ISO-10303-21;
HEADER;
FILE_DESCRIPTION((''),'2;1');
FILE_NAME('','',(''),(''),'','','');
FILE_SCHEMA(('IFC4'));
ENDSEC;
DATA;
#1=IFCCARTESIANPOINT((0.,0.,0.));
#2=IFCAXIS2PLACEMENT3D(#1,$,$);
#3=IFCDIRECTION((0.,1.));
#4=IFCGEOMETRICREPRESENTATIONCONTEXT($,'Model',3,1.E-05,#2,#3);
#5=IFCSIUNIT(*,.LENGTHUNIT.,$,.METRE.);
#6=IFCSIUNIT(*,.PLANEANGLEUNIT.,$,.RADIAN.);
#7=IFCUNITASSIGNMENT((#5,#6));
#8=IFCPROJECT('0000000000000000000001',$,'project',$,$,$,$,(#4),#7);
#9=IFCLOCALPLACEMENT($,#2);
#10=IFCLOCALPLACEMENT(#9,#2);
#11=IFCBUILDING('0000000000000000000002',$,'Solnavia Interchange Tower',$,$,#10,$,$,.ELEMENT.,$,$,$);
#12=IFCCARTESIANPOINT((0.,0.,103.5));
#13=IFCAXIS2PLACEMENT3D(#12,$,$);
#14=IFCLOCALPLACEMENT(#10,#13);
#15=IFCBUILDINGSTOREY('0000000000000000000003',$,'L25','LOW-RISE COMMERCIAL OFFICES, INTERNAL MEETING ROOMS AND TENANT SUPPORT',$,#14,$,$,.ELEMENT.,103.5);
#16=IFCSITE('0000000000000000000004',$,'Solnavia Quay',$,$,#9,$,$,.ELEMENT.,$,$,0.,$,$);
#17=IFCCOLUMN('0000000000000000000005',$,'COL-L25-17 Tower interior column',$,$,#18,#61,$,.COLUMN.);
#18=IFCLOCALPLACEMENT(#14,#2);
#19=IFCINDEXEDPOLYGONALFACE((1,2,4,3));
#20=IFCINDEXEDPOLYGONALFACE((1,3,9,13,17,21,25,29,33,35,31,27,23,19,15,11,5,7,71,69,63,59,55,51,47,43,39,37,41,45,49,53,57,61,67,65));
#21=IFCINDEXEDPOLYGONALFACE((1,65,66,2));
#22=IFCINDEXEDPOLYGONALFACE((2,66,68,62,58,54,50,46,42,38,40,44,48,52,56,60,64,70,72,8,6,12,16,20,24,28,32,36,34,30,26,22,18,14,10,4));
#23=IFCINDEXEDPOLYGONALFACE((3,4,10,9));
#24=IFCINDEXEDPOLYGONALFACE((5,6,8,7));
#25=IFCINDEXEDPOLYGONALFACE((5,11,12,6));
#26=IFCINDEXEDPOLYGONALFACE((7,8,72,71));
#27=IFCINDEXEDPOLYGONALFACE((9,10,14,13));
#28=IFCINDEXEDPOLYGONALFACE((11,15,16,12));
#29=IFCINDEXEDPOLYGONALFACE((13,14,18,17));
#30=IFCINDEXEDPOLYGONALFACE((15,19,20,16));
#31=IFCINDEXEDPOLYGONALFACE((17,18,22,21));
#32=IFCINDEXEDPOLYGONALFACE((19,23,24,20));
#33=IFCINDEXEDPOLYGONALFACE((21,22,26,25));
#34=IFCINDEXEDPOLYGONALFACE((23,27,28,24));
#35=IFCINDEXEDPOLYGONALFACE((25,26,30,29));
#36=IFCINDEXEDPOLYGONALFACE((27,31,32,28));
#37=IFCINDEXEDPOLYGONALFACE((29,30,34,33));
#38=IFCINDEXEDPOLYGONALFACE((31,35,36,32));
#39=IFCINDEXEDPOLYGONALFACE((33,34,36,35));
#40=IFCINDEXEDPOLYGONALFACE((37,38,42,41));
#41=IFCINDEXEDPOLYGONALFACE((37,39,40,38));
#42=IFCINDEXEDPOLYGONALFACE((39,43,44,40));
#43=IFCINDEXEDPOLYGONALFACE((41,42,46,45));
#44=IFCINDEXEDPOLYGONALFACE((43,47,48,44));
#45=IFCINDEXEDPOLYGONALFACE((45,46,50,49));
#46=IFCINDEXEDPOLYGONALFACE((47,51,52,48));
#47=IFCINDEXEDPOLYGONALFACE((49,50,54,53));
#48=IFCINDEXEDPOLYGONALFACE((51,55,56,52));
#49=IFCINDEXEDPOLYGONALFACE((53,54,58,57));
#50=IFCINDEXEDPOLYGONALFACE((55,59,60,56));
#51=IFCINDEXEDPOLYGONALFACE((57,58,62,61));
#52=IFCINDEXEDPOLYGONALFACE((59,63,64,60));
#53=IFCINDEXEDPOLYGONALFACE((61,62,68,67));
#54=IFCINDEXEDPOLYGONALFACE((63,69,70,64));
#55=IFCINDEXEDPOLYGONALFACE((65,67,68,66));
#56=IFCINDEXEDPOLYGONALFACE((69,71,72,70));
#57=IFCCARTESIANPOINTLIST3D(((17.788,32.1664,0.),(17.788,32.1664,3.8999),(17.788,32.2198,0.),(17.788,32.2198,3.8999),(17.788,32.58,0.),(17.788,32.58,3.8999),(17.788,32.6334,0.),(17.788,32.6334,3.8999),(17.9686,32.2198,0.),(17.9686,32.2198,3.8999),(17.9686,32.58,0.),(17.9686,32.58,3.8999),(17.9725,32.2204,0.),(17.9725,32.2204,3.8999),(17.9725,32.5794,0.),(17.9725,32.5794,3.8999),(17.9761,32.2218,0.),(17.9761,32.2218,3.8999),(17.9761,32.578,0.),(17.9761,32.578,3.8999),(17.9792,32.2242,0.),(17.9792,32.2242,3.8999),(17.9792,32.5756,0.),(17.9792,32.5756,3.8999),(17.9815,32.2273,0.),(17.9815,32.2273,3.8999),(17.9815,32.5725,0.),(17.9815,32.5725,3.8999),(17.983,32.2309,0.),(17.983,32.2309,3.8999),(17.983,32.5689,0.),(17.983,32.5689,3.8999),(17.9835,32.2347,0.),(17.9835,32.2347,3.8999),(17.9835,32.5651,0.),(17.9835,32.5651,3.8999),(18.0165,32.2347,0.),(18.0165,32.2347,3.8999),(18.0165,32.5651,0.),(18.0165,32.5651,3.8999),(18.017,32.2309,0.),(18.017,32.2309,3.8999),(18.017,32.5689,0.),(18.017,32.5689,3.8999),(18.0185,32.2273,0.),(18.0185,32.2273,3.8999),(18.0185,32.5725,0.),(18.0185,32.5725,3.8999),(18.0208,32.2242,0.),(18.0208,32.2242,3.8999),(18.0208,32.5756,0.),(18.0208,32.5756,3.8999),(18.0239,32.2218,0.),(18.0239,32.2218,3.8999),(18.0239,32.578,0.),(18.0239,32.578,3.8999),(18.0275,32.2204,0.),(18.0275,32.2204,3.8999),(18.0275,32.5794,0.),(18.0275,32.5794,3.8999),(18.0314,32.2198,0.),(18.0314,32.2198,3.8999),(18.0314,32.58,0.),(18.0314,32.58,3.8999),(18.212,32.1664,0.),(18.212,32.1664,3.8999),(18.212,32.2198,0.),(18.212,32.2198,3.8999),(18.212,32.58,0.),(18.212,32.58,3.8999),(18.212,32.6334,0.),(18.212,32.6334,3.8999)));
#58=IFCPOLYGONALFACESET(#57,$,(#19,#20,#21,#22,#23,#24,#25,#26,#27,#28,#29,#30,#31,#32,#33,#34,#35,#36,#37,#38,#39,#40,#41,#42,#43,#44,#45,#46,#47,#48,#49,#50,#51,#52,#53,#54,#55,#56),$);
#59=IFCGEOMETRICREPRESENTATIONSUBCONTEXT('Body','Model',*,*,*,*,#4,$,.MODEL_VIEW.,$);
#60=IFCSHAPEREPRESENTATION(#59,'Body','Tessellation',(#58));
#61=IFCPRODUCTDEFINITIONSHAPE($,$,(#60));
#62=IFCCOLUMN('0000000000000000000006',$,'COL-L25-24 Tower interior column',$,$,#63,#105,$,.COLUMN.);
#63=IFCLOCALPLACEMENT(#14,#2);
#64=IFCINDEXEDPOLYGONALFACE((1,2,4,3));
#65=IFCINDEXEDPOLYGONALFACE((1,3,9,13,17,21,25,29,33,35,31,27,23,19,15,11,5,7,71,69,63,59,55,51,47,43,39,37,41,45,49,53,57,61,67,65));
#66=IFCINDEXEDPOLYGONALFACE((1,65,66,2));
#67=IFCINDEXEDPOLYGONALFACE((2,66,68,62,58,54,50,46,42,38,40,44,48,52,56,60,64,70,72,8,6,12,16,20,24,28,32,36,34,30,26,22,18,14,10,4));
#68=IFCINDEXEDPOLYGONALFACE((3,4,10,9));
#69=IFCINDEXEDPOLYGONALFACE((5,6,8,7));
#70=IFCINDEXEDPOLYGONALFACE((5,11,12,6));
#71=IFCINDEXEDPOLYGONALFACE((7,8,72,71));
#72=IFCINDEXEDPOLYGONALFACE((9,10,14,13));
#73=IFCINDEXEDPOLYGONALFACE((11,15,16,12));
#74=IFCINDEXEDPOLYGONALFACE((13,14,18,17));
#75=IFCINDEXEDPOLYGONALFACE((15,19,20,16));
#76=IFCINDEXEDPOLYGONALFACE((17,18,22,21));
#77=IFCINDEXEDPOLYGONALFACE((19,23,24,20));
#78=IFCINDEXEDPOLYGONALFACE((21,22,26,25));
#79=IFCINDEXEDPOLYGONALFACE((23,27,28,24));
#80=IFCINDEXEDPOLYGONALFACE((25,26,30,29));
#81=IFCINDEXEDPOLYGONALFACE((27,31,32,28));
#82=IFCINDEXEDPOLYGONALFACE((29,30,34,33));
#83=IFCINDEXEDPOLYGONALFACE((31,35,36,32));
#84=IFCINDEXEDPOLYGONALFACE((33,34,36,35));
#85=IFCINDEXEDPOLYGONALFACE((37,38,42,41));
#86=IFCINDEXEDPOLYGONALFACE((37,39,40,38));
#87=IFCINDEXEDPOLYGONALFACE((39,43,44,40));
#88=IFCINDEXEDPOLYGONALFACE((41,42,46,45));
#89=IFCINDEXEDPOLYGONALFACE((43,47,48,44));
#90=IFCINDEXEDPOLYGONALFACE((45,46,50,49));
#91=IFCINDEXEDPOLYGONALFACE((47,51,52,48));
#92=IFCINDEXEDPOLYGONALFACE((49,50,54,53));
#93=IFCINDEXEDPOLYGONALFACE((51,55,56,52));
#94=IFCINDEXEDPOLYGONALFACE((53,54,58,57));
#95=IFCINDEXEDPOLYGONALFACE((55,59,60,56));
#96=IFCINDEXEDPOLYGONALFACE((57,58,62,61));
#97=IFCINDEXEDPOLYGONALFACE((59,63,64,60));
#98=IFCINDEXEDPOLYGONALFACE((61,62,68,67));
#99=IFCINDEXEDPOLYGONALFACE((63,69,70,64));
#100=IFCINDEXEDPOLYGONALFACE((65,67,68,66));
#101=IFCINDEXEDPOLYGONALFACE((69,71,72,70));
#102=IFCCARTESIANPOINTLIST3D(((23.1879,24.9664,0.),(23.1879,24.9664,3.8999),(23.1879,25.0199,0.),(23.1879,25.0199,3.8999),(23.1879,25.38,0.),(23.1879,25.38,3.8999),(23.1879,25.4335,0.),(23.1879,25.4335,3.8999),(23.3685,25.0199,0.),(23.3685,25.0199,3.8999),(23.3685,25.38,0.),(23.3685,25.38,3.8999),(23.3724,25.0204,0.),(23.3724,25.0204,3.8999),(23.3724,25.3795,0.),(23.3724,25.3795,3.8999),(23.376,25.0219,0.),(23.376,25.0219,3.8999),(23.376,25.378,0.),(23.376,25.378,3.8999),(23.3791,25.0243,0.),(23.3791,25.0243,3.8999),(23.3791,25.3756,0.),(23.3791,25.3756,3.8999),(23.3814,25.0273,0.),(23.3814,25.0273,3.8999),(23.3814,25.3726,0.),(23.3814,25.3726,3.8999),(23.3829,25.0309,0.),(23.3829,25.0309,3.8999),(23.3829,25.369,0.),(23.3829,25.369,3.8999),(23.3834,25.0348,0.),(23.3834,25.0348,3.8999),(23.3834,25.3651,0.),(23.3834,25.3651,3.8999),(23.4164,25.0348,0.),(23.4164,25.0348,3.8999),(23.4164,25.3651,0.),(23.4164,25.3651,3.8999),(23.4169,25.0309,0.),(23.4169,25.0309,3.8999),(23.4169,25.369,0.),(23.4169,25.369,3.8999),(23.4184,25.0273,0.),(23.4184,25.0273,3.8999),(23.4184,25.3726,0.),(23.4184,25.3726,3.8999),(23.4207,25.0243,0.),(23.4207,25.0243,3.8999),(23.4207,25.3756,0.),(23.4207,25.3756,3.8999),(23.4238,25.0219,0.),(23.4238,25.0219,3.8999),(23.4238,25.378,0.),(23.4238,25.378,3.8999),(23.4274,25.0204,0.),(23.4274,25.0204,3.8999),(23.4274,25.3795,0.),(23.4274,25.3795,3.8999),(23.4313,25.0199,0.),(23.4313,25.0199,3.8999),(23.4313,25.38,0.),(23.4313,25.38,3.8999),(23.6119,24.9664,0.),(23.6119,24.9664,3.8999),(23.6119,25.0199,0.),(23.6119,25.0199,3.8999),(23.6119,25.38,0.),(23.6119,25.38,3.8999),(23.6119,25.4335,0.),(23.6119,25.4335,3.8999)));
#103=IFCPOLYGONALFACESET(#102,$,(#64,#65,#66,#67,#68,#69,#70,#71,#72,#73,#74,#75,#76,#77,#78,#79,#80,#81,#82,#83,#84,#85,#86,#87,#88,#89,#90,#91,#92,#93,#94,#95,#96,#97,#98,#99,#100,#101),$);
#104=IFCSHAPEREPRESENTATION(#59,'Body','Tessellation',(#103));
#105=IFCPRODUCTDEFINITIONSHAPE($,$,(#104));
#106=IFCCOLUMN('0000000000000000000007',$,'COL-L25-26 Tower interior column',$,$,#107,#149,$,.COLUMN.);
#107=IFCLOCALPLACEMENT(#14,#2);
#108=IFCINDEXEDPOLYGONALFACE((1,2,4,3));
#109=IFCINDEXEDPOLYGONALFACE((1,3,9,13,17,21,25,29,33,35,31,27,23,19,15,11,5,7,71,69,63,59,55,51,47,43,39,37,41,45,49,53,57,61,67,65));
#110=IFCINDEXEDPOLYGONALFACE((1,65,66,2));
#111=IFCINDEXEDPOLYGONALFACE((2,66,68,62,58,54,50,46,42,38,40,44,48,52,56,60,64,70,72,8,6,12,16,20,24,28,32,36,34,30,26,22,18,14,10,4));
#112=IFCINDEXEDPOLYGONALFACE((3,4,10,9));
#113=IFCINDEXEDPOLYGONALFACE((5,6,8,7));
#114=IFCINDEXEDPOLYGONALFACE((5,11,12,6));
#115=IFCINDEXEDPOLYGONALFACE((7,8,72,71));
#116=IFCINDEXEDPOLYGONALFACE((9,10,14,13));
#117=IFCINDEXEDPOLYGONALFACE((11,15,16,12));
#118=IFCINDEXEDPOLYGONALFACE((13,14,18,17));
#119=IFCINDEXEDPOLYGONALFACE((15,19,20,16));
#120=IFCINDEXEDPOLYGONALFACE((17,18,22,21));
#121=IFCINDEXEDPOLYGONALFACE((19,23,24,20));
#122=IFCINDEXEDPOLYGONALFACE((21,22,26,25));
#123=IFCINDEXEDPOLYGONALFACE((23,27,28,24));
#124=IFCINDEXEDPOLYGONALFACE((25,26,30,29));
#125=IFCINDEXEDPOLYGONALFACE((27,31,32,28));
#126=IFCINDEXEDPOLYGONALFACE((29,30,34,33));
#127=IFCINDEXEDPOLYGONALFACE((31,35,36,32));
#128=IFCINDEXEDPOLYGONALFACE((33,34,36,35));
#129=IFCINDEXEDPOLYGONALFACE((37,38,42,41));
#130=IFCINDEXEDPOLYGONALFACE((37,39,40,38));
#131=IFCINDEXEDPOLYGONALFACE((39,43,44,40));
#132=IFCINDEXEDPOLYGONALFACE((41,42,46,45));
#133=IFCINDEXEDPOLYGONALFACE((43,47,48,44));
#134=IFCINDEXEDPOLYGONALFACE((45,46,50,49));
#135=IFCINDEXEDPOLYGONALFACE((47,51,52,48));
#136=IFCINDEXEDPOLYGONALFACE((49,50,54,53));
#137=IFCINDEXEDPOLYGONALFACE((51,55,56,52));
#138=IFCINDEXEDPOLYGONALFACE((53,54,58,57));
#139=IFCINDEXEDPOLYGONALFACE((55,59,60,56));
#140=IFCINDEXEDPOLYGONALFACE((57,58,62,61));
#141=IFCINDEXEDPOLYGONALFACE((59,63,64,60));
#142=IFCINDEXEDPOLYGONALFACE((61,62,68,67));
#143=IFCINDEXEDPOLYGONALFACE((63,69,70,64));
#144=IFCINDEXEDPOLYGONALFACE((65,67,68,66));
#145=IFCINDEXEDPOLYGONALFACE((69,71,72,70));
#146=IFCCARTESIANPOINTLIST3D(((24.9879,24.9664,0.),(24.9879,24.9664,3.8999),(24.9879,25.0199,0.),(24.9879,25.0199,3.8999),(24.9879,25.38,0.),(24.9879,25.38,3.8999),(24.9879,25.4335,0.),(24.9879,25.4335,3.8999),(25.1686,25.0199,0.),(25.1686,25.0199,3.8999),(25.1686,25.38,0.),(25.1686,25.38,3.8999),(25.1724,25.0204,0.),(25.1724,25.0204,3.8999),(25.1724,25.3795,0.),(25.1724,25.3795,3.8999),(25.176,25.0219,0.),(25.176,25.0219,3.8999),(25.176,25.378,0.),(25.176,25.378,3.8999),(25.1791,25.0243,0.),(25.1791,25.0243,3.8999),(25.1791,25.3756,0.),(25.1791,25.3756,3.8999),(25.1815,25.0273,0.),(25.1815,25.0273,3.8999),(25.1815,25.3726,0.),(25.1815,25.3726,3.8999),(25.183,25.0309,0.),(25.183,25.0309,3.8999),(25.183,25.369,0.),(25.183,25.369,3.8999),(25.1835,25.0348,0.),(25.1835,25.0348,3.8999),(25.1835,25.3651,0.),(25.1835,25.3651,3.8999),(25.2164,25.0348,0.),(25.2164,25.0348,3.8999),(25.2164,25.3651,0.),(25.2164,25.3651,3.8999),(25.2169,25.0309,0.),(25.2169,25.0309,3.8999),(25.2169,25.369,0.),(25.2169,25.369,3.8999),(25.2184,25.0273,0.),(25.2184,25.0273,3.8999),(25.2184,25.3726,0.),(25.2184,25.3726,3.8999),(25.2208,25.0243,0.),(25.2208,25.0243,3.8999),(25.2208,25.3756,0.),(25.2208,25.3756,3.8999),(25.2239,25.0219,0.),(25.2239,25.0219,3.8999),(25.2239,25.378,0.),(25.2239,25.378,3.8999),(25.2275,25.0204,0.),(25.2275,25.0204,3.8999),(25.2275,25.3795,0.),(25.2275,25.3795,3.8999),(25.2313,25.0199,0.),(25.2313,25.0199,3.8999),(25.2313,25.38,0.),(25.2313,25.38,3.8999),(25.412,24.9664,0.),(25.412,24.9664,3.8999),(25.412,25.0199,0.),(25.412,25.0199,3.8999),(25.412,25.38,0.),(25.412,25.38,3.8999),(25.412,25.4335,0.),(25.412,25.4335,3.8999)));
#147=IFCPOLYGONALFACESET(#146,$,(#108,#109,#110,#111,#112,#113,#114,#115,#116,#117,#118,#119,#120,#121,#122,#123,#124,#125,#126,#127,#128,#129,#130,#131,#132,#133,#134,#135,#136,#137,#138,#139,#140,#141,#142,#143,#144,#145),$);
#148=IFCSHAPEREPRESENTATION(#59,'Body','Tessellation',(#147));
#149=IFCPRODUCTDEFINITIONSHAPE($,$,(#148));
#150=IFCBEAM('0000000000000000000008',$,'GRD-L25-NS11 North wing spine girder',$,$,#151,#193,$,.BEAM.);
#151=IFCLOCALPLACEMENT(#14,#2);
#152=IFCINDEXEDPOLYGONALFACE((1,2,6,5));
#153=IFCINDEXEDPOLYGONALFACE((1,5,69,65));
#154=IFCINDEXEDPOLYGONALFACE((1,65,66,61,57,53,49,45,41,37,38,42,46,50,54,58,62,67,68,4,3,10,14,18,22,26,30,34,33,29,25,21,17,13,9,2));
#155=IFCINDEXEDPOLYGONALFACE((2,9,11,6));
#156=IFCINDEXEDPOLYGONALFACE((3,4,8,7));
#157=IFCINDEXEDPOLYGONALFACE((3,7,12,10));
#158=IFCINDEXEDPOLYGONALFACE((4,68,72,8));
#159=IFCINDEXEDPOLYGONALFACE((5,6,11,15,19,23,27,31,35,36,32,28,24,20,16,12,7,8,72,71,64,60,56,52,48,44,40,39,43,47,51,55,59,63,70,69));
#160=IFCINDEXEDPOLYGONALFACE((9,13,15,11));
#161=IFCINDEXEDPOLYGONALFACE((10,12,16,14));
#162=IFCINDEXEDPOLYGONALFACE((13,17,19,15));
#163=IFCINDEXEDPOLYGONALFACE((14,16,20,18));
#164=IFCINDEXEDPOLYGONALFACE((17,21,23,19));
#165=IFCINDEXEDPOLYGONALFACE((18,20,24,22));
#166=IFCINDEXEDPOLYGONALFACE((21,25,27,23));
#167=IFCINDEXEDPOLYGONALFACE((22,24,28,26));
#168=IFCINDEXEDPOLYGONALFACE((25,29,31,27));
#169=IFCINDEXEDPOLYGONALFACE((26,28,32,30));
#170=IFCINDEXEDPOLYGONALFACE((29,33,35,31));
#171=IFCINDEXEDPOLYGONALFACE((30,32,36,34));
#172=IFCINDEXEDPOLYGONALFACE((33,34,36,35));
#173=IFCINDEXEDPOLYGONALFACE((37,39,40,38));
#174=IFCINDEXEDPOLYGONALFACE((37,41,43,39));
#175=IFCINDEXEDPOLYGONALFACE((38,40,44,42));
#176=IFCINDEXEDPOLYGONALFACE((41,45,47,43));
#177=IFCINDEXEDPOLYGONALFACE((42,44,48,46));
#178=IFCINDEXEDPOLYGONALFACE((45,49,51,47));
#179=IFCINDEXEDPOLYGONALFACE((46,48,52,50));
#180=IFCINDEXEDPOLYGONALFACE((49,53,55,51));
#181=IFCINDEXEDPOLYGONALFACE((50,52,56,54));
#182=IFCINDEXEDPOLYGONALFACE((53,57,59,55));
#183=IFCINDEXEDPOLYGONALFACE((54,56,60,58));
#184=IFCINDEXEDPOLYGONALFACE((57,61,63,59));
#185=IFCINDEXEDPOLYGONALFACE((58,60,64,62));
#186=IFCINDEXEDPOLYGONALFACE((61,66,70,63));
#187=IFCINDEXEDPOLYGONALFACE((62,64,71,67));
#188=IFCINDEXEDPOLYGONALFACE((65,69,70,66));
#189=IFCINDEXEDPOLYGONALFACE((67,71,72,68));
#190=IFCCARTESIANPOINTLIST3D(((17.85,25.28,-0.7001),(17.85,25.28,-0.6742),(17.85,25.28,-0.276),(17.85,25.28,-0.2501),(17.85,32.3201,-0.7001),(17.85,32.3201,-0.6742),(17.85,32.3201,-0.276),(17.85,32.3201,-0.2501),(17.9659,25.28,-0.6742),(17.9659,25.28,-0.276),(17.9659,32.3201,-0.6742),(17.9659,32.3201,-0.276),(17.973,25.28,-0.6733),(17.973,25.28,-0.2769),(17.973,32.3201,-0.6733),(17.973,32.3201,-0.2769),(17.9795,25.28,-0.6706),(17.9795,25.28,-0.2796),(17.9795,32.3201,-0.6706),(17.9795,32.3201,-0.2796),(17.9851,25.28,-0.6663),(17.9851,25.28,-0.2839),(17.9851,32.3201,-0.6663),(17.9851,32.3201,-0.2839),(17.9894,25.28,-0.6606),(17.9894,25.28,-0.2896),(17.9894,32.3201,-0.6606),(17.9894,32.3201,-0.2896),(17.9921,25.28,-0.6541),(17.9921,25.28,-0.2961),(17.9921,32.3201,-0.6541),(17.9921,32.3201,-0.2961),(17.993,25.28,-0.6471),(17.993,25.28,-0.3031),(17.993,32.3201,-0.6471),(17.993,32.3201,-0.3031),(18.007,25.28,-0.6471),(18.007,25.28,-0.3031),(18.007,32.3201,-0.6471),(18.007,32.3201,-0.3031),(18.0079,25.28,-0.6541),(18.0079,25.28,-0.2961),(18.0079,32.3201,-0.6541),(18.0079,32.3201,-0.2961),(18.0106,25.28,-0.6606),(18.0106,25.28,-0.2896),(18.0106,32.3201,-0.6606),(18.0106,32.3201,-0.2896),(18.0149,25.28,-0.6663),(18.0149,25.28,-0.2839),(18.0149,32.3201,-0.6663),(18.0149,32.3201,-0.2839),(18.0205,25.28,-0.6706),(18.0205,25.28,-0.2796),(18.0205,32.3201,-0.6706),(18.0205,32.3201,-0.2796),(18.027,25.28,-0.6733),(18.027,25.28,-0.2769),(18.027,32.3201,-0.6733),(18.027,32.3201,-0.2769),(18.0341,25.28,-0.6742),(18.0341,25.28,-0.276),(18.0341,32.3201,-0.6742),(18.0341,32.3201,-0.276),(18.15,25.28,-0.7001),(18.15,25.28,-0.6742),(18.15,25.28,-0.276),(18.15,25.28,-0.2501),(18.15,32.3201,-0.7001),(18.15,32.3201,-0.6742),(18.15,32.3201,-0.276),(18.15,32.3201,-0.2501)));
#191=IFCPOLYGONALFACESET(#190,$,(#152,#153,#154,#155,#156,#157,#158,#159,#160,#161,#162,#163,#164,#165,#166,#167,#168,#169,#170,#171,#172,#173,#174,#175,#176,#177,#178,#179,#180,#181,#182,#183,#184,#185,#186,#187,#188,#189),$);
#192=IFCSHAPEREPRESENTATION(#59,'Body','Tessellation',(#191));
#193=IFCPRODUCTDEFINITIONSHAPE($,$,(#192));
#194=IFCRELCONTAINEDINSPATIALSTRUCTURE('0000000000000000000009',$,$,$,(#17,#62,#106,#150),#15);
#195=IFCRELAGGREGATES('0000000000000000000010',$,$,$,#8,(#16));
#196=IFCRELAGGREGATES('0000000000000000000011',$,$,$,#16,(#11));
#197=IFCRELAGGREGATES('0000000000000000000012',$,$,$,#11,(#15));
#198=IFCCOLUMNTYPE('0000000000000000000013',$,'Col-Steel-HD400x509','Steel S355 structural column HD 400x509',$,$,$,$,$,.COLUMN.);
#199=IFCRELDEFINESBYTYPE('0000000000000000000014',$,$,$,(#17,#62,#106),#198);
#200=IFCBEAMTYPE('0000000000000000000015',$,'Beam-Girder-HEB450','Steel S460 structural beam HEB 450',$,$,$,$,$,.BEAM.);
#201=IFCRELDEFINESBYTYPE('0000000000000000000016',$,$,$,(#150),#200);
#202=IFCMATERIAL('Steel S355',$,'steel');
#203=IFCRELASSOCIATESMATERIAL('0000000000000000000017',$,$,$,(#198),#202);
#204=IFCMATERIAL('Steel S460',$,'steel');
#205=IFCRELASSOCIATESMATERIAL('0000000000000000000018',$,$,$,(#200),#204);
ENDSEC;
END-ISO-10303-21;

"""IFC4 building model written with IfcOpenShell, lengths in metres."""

from ifc_helpers import new_model, si_unit, direction, frame, origin, origin_2d, place, context, subcontext, project, spatial, i_section, extrude, material, material_profile, profile_set, type_object, element, save


model = new_model("IFC4")

# Units and contexts
model_context = context("Model", 3, precision=1e-05, world=origin(), true_north=direction((0.0, 1.0)))
body_context = subcontext(model_context, "Body", "Model", "MODEL_VIEW")
ifc_project = project(units=[si_unit("LENGTHUNIT", "METRE"), si_unit("PLANEANGLEUNIT", "RADIAN")], contexts=[model_context])

# Site, building, storey
site_placement = place(None, origin())
site = spatial("IfcSite", under=ifc_project, at=site_placement, Name="Solnavia Quay", CompositionType="ELEMENT", RefElevation=0.0)
building_placement = place(site_placement, origin())
building = spatial("IfcBuilding", under=site, at=building_placement, Name="Solnavia Interchange Tower", CompositionType="ELEMENT")
storey_placement = place(building_placement, frame((0.0, 0.0, 103.5)))
storey = spatial("IfcBuildingStorey", under=building, at=storey_placement, Name="L25", Description="LOW-RISE COMMERCIAL OFFICES, INTERNAL MEETING ROOMS AND TENANT SUPPORT", CompositionType="ELEMENT", Elevation=103.5)

# Columns
ifc_material_1 = material(Name="Steel S355", Category="steel")
ifc_material_profile_1 = material_profile(ifc_material_1, i_section(OverallWidth=0.4241, OverallDepth=0.467, WebThickness=0.033, FlangeThickness=0.0535, FilletRadius=0.0149, at=origin_2d()), Name="HD 400x509")
ifc_profile_set_1 = profile_set([ifc_material_profile_1], Name="Steel S355")
column_type = type_object("IfcColumnType", Name="Col-Steel-HD400x509", Description="Steel S355 structural column HD 400x509", PredefinedType="COLUMN", material=ifc_profile_set_1)
for number, where, z_axis, x_axis, name in (
    (1, (18.0, 32.3999, 0.0), (0.0, 0.0, 1.0), (1.0, 0.0, 0.0), "COL-L25-17 Tower interior column"),
    (2, (23.3999, 25.2, 0.0), (0.0, 0.0, 1.0), (1.0, 0.0, 0.0), "COL-L25-24 Tower interior column"),
    (3, (25.2, 25.2, 0.0), (0.0, 0.0, 1.0), (1.0, 0.0, 0.0), "COL-L25-26 Tower interior column"),
):
    element("IfcColumn", number, at=place(storey_placement, frame(where, z_axis=z_axis, x_axis=x_axis)), inside=storey, type_object=column_type, Name=name, PredefinedType="COLUMN", context=body_context, shape_type="SweptSolid", body=[
        extrude(i_section(OverallWidth=0.4241, OverallDepth=0.467, WebThickness=0.033, FlangeThickness=0.0535, FilletRadius=0.0149, at=origin_2d()), origin(), (0.0, 0.0, 1.0), 3.8999),
    ])

# Beam
ifc_material_2 = material(Name="Steel S460", Category="steel")
ifc_material_profile_2 = material_profile(ifc_material_2, i_section(OverallWidth=0.3, OverallDepth=0.45, WebThickness=0.0139, FlangeThickness=0.0259, FilletRadius=0.0271, at=origin_2d()), Name="HEB 450")
ifc_profile_set_2 = profile_set([ifc_material_profile_2], Name="Steel S460")
beam_type_1 = type_object("IfcBeamType", Name="Beam-Girder-HEB450", Description="Steel S460 structural beam HEB 450", PredefinedType="BEAM", material=ifc_profile_set_2)
for number, where, z_axis, x_axis, name in (
    (4, (18.0, 25.28, -0.4751), (0.0, 1.0, 0.0), (-1.0, 0.0, 0.0), "GRD-L25-NS11 North wing spine girder"),
):
    element("IfcBeam", number, at=place(storey_placement, frame(where, z_axis=z_axis, x_axis=x_axis)), inside=storey, type_object=beam_type_1, Name=name, PredefinedType="BEAM", context=body_context, shape_type="SweptSolid", body=[
        extrude(i_section(OverallWidth=0.3, OverallDepth=0.45, WebThickness=0.0139, FlangeThickness=0.0259, FilletRadius=0.0271, at=origin_2d()), origin(), (0.0, 0.0, 1.0), 7.04),
    ])

save(model, "model.ifc")
